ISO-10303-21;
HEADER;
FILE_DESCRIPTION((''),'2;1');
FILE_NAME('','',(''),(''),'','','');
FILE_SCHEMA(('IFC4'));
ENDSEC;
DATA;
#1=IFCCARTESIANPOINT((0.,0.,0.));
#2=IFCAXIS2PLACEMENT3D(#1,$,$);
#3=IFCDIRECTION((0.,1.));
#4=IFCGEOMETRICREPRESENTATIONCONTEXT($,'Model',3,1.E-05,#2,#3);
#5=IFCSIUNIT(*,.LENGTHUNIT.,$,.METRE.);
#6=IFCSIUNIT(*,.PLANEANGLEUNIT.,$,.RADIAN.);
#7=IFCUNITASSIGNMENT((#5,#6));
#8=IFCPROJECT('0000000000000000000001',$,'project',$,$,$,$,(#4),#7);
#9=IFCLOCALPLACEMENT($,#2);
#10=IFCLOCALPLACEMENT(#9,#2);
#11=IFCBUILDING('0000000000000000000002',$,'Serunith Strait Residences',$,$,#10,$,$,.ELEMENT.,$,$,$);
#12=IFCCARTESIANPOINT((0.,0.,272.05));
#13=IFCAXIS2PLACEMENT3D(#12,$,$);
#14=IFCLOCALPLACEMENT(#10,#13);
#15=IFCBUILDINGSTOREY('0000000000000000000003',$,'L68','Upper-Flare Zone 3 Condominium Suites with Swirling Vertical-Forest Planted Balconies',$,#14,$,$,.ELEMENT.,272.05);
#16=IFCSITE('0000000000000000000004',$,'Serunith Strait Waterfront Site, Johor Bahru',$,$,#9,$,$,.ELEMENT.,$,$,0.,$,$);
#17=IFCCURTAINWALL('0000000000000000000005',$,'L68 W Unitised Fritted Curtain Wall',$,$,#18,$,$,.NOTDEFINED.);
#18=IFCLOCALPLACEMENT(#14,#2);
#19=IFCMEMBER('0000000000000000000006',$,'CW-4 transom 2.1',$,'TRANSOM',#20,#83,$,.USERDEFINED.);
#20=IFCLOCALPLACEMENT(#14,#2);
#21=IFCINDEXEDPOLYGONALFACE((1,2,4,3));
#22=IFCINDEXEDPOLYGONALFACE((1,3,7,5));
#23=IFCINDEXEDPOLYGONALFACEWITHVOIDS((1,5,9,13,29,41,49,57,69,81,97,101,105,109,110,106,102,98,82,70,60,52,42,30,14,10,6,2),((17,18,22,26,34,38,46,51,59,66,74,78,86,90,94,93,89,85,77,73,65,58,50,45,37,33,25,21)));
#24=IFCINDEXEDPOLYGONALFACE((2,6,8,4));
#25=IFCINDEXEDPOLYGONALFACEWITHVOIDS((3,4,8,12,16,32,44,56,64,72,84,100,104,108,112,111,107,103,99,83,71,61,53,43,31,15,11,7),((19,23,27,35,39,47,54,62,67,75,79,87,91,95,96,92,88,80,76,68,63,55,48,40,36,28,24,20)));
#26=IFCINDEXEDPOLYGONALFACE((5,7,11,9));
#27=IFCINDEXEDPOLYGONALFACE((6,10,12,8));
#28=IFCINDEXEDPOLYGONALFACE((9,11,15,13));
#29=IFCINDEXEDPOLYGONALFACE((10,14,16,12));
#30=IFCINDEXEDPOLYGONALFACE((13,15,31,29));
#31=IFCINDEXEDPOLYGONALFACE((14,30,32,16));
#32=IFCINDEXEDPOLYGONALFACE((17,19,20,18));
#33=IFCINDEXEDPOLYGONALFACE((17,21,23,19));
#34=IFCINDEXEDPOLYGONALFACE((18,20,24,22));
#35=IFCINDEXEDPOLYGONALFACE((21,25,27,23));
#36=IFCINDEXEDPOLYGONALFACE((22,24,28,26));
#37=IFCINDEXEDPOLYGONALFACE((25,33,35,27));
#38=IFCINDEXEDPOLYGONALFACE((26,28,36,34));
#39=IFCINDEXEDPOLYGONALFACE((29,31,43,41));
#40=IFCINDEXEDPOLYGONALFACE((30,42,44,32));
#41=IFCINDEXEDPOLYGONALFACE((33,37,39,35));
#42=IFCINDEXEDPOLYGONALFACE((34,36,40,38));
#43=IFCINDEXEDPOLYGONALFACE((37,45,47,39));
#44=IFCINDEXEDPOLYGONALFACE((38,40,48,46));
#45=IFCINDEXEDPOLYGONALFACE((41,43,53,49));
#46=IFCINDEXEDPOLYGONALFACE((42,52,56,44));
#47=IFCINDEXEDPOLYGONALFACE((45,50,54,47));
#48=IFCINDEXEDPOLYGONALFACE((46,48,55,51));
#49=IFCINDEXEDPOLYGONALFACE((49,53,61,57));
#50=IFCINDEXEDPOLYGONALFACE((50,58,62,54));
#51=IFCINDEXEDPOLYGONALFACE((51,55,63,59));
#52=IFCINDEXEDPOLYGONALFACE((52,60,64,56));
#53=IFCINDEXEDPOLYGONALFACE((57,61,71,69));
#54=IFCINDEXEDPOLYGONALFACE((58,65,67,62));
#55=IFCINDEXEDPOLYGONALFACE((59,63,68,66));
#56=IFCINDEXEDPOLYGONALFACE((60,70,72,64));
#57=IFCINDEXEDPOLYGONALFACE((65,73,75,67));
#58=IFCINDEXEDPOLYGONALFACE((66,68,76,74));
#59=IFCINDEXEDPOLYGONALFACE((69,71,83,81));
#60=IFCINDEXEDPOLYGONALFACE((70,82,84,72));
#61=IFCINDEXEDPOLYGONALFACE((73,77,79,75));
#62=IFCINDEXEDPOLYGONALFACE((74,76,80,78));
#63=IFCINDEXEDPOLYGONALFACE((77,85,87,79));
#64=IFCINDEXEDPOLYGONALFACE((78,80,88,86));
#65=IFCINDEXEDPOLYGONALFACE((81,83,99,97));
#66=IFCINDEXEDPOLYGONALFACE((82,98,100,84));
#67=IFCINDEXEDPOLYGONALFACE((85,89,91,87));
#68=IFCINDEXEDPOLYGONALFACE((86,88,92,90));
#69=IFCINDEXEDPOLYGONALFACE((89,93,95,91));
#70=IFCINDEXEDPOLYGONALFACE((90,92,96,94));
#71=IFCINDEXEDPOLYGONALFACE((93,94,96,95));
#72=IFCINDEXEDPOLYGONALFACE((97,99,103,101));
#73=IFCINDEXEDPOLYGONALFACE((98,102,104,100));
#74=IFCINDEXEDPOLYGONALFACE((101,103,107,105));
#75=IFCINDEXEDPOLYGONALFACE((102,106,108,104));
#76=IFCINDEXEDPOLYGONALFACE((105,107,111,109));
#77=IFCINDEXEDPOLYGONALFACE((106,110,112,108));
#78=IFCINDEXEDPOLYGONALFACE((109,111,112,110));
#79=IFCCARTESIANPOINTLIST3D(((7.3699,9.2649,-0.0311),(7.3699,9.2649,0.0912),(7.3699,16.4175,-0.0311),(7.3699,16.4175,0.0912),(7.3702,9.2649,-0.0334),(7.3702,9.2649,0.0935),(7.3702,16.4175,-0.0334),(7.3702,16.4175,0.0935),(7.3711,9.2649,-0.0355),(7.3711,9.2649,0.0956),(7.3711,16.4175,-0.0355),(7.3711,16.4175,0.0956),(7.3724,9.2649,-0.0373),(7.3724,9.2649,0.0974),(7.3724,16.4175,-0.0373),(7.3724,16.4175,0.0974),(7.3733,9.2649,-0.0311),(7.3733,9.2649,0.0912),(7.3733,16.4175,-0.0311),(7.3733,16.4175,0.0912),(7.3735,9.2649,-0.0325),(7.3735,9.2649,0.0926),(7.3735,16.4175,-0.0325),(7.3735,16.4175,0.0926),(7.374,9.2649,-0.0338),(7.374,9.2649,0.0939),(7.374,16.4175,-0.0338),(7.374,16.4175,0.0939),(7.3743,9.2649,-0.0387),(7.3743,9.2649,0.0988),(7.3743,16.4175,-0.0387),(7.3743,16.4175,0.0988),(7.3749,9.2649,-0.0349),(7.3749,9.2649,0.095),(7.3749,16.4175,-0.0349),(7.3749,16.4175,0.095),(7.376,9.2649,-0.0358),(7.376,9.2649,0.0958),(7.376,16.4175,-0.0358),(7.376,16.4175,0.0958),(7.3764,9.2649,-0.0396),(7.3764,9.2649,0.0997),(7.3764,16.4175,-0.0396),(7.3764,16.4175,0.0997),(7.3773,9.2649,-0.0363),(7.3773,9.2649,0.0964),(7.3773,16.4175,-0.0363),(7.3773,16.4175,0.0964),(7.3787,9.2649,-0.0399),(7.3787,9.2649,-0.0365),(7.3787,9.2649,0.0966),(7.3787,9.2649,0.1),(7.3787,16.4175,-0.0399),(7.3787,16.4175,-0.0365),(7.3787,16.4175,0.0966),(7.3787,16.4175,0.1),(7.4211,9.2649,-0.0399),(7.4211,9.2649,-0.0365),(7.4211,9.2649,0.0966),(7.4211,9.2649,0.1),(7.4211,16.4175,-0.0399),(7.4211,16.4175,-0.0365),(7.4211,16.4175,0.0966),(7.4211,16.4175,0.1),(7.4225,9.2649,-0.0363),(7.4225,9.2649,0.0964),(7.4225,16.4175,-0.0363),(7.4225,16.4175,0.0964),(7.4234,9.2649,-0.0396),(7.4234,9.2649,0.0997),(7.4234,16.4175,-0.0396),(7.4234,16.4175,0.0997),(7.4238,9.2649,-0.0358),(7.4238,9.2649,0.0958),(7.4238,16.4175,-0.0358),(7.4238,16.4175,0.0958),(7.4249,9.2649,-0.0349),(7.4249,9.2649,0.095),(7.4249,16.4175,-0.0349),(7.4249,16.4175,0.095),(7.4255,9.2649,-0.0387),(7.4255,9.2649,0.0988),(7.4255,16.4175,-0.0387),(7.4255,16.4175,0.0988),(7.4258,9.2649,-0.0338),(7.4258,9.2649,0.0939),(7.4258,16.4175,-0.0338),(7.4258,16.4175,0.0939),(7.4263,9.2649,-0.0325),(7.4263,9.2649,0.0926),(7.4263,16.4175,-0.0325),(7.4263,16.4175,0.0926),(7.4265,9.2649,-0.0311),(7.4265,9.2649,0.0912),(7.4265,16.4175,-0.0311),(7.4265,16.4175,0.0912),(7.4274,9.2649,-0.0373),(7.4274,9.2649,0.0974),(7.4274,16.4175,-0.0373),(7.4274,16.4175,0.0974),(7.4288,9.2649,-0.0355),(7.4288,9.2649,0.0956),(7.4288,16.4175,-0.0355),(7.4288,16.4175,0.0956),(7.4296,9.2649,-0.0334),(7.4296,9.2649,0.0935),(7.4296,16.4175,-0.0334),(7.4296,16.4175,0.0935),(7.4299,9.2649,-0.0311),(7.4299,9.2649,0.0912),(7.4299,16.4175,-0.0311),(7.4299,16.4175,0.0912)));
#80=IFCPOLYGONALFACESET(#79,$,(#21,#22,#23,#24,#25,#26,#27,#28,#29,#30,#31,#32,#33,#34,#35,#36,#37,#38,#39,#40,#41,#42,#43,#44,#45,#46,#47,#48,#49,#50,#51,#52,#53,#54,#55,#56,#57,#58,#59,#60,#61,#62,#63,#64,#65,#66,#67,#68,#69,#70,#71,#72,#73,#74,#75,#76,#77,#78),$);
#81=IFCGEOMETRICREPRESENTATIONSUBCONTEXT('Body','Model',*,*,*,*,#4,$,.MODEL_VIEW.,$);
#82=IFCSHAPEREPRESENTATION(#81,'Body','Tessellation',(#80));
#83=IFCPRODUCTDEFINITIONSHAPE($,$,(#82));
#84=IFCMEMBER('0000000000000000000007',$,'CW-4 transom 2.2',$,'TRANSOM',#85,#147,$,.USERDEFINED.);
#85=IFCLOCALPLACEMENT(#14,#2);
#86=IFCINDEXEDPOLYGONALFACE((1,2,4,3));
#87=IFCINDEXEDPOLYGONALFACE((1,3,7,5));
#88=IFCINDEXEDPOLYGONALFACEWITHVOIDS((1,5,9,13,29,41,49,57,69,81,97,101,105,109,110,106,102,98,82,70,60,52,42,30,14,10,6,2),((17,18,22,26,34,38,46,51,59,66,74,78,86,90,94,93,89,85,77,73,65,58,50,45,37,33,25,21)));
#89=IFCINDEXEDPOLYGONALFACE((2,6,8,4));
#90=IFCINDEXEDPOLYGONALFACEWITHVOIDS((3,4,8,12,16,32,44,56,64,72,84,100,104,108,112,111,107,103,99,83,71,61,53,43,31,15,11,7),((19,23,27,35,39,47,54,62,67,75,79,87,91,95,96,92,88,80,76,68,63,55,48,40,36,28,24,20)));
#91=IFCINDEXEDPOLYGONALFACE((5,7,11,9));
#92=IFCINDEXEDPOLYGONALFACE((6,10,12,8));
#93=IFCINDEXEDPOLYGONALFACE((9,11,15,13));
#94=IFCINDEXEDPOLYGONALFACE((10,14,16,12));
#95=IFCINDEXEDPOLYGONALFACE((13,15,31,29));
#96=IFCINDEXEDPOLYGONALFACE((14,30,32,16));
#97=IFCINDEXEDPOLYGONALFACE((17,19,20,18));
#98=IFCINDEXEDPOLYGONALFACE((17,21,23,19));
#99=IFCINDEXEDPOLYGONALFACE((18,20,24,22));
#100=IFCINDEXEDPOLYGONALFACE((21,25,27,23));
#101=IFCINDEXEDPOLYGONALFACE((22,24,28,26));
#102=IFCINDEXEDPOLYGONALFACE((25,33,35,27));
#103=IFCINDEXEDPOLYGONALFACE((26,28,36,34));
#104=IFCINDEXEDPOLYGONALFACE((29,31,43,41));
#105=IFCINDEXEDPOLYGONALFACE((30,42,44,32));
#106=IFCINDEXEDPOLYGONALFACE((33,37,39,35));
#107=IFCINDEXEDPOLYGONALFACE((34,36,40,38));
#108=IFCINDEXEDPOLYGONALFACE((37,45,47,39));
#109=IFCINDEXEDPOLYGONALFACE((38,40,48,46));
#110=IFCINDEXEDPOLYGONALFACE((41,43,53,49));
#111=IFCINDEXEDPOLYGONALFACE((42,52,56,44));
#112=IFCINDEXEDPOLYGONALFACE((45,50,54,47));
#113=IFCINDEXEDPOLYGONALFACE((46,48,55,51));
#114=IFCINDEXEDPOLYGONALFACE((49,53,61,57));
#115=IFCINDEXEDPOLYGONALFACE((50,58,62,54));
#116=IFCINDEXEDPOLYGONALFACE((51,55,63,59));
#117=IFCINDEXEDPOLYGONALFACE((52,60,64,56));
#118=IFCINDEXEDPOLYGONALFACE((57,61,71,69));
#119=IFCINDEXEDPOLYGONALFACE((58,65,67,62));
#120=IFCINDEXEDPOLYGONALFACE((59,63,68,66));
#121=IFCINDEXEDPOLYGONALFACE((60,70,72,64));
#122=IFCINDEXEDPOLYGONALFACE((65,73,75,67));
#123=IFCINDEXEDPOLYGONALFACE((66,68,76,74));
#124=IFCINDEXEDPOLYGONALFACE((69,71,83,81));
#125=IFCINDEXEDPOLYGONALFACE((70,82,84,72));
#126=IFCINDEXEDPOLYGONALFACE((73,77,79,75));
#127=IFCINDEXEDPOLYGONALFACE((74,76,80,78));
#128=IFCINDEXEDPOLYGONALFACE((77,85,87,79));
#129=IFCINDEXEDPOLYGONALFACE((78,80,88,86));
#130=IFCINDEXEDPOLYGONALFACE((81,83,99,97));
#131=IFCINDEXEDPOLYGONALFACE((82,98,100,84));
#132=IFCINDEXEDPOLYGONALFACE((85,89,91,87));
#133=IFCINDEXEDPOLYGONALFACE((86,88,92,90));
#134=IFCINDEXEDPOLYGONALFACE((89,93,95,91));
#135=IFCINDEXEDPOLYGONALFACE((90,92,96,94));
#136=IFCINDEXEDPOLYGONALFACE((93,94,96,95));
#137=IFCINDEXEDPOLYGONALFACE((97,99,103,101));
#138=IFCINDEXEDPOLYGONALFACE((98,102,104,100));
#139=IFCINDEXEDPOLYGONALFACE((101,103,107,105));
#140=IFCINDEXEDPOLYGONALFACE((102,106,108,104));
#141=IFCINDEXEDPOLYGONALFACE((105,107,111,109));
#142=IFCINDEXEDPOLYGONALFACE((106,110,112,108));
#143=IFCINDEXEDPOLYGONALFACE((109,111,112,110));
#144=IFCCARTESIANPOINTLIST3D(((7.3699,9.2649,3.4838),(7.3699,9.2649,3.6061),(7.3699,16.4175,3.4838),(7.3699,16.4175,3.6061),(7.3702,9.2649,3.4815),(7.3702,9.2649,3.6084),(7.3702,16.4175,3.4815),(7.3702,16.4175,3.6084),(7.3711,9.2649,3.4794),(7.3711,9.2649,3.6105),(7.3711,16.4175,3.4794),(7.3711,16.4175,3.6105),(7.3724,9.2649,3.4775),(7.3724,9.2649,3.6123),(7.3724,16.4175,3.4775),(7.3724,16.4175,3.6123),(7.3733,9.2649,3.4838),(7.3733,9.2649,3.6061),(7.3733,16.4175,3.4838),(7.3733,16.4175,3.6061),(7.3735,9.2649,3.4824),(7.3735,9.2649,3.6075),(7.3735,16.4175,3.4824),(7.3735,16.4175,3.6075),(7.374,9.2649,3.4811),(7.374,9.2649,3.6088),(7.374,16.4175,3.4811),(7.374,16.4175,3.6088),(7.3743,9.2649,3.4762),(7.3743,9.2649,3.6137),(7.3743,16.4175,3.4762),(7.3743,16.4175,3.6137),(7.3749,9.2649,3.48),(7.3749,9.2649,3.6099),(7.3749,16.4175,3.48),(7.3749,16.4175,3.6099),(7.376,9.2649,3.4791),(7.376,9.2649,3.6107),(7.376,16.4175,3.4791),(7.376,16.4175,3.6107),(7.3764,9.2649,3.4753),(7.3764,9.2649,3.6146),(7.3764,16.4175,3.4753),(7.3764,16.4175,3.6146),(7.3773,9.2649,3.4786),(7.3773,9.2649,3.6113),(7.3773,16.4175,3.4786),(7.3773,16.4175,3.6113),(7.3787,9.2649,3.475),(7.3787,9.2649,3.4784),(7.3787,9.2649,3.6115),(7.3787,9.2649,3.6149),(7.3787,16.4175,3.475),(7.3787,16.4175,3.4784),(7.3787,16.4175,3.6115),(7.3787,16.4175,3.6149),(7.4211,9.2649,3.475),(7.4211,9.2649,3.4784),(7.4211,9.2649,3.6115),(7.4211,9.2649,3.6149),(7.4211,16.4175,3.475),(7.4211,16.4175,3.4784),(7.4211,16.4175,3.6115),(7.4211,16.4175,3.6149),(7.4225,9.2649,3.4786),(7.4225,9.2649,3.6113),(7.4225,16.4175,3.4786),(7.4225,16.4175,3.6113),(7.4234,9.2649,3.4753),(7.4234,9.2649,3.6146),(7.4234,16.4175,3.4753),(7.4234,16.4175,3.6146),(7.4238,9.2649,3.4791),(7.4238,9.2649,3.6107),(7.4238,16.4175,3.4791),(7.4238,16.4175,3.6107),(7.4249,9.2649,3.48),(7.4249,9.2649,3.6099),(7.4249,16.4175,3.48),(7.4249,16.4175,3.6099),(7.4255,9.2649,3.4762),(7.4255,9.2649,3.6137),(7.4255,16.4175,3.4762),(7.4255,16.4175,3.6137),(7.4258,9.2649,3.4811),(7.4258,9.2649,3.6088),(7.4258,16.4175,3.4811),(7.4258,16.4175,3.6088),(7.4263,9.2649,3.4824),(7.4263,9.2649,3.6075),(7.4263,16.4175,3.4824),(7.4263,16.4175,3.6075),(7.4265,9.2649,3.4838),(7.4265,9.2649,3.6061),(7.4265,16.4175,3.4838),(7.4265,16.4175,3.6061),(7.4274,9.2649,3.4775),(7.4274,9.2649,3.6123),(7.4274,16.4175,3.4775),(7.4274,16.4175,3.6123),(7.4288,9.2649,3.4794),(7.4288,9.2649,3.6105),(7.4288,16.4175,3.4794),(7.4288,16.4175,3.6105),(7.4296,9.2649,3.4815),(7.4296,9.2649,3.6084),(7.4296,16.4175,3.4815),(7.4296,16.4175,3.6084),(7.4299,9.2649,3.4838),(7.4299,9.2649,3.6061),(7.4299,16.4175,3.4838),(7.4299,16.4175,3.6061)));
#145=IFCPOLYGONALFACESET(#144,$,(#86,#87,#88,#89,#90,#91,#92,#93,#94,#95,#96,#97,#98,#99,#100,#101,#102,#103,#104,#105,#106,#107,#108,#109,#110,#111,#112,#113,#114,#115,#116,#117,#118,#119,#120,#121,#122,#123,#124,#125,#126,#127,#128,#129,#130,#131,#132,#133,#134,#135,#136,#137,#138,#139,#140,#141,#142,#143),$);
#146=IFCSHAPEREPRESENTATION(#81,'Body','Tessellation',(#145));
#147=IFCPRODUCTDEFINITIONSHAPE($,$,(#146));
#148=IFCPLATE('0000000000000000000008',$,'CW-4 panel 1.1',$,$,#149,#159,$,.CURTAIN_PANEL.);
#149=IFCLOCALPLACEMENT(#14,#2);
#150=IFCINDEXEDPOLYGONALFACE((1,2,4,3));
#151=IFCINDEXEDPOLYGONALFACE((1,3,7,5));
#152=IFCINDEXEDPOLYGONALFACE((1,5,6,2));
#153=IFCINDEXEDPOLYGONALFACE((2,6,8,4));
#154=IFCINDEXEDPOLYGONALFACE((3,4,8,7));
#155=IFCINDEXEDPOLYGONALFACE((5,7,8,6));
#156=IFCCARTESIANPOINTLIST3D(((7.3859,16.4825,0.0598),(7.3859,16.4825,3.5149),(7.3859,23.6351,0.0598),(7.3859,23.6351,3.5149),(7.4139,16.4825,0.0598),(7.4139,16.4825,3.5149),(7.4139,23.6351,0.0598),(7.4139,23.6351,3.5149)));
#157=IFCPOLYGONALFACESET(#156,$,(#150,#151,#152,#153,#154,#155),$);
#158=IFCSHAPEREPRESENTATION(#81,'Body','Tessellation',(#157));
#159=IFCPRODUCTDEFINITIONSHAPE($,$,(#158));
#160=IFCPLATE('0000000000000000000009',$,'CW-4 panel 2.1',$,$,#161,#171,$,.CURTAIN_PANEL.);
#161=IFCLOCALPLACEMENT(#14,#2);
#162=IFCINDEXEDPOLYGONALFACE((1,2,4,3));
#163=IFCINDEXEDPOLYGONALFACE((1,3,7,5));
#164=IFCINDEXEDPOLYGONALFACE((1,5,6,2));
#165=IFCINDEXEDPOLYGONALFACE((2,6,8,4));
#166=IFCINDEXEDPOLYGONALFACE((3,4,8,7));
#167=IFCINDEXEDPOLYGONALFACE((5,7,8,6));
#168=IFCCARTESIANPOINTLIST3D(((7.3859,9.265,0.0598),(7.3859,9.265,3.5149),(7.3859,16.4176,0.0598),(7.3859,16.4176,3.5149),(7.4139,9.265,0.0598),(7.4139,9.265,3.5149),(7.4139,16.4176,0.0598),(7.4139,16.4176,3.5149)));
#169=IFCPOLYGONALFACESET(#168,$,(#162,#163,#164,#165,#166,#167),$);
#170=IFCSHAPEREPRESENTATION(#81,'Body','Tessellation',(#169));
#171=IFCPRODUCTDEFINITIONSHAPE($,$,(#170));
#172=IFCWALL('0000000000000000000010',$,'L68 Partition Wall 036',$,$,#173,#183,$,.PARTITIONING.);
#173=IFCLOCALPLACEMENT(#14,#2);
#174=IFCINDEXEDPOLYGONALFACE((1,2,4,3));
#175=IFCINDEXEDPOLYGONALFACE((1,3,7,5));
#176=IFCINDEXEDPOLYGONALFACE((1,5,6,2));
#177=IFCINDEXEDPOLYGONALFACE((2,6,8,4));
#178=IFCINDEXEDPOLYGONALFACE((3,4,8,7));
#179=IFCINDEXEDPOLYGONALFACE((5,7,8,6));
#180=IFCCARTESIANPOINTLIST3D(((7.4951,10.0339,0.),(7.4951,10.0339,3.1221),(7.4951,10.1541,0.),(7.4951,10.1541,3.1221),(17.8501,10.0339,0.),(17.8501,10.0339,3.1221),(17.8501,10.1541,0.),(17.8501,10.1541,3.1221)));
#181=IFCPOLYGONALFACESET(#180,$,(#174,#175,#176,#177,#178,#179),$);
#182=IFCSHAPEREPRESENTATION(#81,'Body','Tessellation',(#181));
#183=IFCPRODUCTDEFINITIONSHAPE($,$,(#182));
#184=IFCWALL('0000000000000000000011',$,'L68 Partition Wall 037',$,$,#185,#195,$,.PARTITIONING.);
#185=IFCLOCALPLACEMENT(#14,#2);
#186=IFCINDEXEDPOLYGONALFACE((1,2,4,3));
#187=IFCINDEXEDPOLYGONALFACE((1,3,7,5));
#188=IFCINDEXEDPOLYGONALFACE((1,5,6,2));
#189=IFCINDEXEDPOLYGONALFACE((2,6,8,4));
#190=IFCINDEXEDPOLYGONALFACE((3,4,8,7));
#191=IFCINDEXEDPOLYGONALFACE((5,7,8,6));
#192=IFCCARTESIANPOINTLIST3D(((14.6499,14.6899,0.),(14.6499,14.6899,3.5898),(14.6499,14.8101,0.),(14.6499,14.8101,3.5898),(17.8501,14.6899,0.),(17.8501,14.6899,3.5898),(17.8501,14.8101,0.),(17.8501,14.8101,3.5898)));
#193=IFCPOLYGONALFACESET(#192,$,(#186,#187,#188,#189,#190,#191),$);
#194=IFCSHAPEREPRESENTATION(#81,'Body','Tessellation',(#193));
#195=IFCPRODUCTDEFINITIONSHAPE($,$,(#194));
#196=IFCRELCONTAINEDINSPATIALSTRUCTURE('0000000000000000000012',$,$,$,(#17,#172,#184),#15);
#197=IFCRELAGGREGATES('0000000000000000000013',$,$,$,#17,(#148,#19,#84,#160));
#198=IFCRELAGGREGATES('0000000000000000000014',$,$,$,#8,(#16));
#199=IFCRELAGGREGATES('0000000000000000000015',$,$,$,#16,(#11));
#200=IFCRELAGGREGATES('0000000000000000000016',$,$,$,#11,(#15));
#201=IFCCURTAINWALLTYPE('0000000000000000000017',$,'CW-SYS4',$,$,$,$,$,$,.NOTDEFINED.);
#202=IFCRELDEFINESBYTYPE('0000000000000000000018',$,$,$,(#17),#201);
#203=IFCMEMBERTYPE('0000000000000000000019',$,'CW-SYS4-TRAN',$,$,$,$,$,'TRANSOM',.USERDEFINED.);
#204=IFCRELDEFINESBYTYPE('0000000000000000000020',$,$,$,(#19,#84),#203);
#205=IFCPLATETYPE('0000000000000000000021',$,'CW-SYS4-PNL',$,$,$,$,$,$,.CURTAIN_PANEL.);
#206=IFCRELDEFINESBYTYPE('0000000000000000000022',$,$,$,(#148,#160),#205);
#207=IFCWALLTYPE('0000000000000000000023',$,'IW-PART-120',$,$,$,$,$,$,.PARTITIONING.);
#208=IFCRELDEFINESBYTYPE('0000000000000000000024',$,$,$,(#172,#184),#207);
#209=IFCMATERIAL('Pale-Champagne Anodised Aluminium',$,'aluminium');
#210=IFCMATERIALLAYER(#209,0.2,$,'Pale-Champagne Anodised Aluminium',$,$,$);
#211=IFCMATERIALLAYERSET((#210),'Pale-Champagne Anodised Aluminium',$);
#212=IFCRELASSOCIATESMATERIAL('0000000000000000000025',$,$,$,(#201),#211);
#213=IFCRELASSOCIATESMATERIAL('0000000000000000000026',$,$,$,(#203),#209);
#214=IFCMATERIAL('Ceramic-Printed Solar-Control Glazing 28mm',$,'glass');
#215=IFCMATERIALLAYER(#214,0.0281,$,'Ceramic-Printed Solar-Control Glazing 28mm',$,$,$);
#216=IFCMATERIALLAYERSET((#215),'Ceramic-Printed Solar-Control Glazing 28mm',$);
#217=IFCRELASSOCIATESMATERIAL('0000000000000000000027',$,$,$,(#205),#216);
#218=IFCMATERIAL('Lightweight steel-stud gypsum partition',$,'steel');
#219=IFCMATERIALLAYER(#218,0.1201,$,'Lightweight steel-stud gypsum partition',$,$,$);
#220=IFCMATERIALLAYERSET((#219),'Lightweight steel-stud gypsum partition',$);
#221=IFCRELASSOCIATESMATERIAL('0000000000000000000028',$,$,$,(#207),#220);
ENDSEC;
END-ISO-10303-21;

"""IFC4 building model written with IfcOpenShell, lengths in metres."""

from ifc_helpers import new_model, si_unit, direction, frame, frame_2d, origin, origin_2d, place, context, subcontext, project, spatial, rectangle, hollow_rectangle, extrude, source, transform, mapped, material, layer, layer_set, material_profile, profile_set, type_object, element, aggregate, save


model = new_model("IFC4")

# Units and contexts
model_context = context("Model", 3, precision=1e-05, world=origin(), true_north=direction((0.0, 1.0)))
body_context = subcontext(model_context, "Body", "Model", "MODEL_VIEW")
ifc_project = project(units=[si_unit("LENGTHUNIT", "METRE"), si_unit("PLANEANGLEUNIT", "RADIAN")], contexts=[model_context])

# Site, building, storey
site_placement = place(None, origin())
site = spatial("IfcSite", under=ifc_project, at=site_placement, Name="Serunith Strait Waterfront Site, Johor Bahru", CompositionType="ELEMENT", RefElevation=0.0)
building_placement = place(site_placement, origin())
building = spatial("IfcBuilding", under=site, at=building_placement, Name="Serunith Strait Residences", CompositionType="ELEMENT")
storey_placement = place(building_placement, frame((0.0, 0.0, 272.05)))
storey = spatial("IfcBuildingStorey", under=building, at=storey_placement, Name="L68", Description="Upper-Flare Zone 3 Condominium Suites with Swirling Vertical-Forest Planted Balconies", CompositionType="ELEMENT", Elevation=272.05)

# Curtain wall, members, plates
ifc_material_1 = material(Name="Pale-Champagne Anodised Aluminium", Category="aluminium")
ifc_layer_1 = layer(ifc_material_1, 0.2, Name="Pale-Champagne Anodised Aluminium")
ifc_layer_set_1 = layer_set([ifc_layer_1], Name="Pale-Champagne Anodised Aluminium")
curtain_wall_type = type_object("IfcCurtainWallType", Name="CW-SYS4", PredefinedType="NOTDEFINED", material=ifc_layer_set_1)
curtain_wall_placement = place(storey_placement, origin())
curtain_wall = element("IfcCurtainWall", 1, at=curtain_wall_placement, inside=storey, type_object=curtain_wall_type, Name="L68 W Unitised Fritted Curtain Wall", PredefinedType="NOTDEFINED")
ifc_material_profile_1 = material_profile(ifc_material_1, hollow_rectangle(XDim=0.0601, YDim=0.1399, WallThickness=0.0034, InnerFilletRadius=0.0054, OuterFilletRadius=0.0088, at=origin_2d()), Name="ALU 140x60x3.5")
ifc_profile_set_1 = profile_set([ifc_material_profile_1], Name="Pale-Champagne Anodised Aluminium")
member_type_1 = type_object("IfcMemberType", Name="CW-SYS4-TRAN", ElementType="TRANSOM", PredefinedType="USERDEFINED", material=ifc_profile_set_1)
shared_shape_1 = source(origin(), body_context, "Body", "SweptSolid", [
    extrude(hollow_rectangle(XDim=0.0601, YDim=0.1399, WallThickness=0.0034, InnerFilletRadius=0.0054, OuterFilletRadius=0.0088, at=origin_2d()), origin(), (0.0, 0.0, 1.0), 7.1526),
])
member_1_placement = place(storey_placement, frame((7.3999, 16.4175, 0.03), z_axis=(0.0, -1.0, 0.0), x_axis=(1.0, 0.0, 0.0)))
member_1 = element("IfcMember", 2, at=member_1_placement, type_object=member_type_1, Name="CW-4 transom 2.1", ObjectType="TRANSOM", PredefinedType="USERDEFINED", context=body_context, shape_type="MappedRepresentation", body=[
    mapped(shared_shape_1, transform((0.0, 0.0, 0.0), scale=1.0)),
])
member_2_placement = place(storey_placement, frame((7.3999, 16.4175, 3.5449), z_axis=(0.0, -1.0, 0.0), x_axis=(1.0, 0.0, 0.0)))
member_2 = element("IfcMember", 3, at=member_2_placement, type_object=member_type_1, Name="CW-4 transom 2.2", ObjectType="TRANSOM", PredefinedType="USERDEFINED", context=body_context, shape_type="MappedRepresentation", body=[
    mapped(shared_shape_1, transform((0.0, 0.0, 0.0), scale=1.0)),
])
ifc_material_2 = material(Name="Ceramic-Printed Solar-Control Glazing 28mm", Category="glass")
ifc_layer_2 = layer(ifc_material_2, 0.0281, Name="Ceramic-Printed Solar-Control Glazing 28mm")
ifc_layer_set_2 = layer_set([ifc_layer_2], Name="Ceramic-Printed Solar-Control Glazing 28mm")
plate_type = type_object("IfcPlateType", Name="CW-SYS4-PNL", PredefinedType="CURTAIN_PANEL", material=ifc_layer_set_2)
shared_shape_2 = source(origin(), body_context, "Body", "SweptSolid", [
    extrude(rectangle(XDim=7.1526, YDim=0.0281, at=origin_2d()), origin(), (0.0, 0.0, 1.0), 3.4551),
])
plate_1_placement = place(storey_placement, frame((7.3999, 20.0588, 0.0598), z_axis=(0.0, 0.0, 1.0), x_axis=(0.0, -1.0, 0.0)))
plate_1 = element("IfcPlate", 4, at=plate_1_placement, type_object=plate_type, Name="CW-4 panel 1.1", PredefinedType="CURTAIN_PANEL", context=body_context, shape_type="MappedRepresentation", body=[
    mapped(shared_shape_2, transform((0.0, 0.0, 0.0), scale=1.0)),
])
plate_2_placement = place(storey_placement, frame((7.3999, 12.8413, 0.0598), z_axis=(0.0, 0.0, 1.0), x_axis=(0.0, -1.0, 0.0)))
plate_2 = element("IfcPlate", 5, at=plate_2_placement, type_object=plate_type, Name="CW-4 panel 2.1", PredefinedType="CURTAIN_PANEL", context=body_context, shape_type="MappedRepresentation", body=[
    mapped(shared_shape_2, transform((0.0, 0.0, 0.0), scale=1.0)),
])
aggregate(curtain_wall, [plate_1, member_1, member_2, plate_2])

# Walls
ifc_material_3 = material(Name="Lightweight steel-stud gypsum partition", Category="steel")
ifc_layer_3 = layer(ifc_material_3, 0.1201, Name="Lightweight steel-stud gypsum partition")
ifc_layer_set_3 = layer_set([ifc_layer_3], Name="Lightweight steel-stud gypsum partition")
wall_type_1 = type_object("IfcWallType", Name="IW-PART-120", PredefinedType="PARTITIONING", material=ifc_layer_set_3)
wall_1_placement = place(storey_placement, frame((7.4951, 10.094, 0.0), z_axis=(0.0, 0.0, 1.0), x_axis=(1.0, 0.0, 0.0)))
element("IfcWall", 6, at=wall_1_placement, inside=storey, type_object=wall_type_1, Name="L68 Partition Wall 036", PredefinedType="PARTITIONING", context=body_context, shape_type="SweptSolid", body=[
    extrude(rectangle(XDim=10.355, YDim=0.1201, at=frame_2d((5.1775, 0.0))), origin(), (0.0, 0.0, 1.0), 3.1221),
])
wall_2_placement = place(storey_placement, frame((14.6499, 14.75, 0.0), z_axis=(0.0, 0.0, 1.0), x_axis=(1.0, 0.0, 0.0)))
element("IfcWall", 7, at=wall_2_placement, inside=storey, type_object=wall_type_1, Name="L68 Partition Wall 037", PredefinedType="PARTITIONING", context=body_context, shape_type="SweptSolid", body=[
    extrude(rectangle(XDim=3.2002, YDim=0.1201, at=frame_2d((1.6001, 0.0))), origin(), (0.0, 0.0, 1.0), 3.5898),
])

save(model, "model.ifc")
